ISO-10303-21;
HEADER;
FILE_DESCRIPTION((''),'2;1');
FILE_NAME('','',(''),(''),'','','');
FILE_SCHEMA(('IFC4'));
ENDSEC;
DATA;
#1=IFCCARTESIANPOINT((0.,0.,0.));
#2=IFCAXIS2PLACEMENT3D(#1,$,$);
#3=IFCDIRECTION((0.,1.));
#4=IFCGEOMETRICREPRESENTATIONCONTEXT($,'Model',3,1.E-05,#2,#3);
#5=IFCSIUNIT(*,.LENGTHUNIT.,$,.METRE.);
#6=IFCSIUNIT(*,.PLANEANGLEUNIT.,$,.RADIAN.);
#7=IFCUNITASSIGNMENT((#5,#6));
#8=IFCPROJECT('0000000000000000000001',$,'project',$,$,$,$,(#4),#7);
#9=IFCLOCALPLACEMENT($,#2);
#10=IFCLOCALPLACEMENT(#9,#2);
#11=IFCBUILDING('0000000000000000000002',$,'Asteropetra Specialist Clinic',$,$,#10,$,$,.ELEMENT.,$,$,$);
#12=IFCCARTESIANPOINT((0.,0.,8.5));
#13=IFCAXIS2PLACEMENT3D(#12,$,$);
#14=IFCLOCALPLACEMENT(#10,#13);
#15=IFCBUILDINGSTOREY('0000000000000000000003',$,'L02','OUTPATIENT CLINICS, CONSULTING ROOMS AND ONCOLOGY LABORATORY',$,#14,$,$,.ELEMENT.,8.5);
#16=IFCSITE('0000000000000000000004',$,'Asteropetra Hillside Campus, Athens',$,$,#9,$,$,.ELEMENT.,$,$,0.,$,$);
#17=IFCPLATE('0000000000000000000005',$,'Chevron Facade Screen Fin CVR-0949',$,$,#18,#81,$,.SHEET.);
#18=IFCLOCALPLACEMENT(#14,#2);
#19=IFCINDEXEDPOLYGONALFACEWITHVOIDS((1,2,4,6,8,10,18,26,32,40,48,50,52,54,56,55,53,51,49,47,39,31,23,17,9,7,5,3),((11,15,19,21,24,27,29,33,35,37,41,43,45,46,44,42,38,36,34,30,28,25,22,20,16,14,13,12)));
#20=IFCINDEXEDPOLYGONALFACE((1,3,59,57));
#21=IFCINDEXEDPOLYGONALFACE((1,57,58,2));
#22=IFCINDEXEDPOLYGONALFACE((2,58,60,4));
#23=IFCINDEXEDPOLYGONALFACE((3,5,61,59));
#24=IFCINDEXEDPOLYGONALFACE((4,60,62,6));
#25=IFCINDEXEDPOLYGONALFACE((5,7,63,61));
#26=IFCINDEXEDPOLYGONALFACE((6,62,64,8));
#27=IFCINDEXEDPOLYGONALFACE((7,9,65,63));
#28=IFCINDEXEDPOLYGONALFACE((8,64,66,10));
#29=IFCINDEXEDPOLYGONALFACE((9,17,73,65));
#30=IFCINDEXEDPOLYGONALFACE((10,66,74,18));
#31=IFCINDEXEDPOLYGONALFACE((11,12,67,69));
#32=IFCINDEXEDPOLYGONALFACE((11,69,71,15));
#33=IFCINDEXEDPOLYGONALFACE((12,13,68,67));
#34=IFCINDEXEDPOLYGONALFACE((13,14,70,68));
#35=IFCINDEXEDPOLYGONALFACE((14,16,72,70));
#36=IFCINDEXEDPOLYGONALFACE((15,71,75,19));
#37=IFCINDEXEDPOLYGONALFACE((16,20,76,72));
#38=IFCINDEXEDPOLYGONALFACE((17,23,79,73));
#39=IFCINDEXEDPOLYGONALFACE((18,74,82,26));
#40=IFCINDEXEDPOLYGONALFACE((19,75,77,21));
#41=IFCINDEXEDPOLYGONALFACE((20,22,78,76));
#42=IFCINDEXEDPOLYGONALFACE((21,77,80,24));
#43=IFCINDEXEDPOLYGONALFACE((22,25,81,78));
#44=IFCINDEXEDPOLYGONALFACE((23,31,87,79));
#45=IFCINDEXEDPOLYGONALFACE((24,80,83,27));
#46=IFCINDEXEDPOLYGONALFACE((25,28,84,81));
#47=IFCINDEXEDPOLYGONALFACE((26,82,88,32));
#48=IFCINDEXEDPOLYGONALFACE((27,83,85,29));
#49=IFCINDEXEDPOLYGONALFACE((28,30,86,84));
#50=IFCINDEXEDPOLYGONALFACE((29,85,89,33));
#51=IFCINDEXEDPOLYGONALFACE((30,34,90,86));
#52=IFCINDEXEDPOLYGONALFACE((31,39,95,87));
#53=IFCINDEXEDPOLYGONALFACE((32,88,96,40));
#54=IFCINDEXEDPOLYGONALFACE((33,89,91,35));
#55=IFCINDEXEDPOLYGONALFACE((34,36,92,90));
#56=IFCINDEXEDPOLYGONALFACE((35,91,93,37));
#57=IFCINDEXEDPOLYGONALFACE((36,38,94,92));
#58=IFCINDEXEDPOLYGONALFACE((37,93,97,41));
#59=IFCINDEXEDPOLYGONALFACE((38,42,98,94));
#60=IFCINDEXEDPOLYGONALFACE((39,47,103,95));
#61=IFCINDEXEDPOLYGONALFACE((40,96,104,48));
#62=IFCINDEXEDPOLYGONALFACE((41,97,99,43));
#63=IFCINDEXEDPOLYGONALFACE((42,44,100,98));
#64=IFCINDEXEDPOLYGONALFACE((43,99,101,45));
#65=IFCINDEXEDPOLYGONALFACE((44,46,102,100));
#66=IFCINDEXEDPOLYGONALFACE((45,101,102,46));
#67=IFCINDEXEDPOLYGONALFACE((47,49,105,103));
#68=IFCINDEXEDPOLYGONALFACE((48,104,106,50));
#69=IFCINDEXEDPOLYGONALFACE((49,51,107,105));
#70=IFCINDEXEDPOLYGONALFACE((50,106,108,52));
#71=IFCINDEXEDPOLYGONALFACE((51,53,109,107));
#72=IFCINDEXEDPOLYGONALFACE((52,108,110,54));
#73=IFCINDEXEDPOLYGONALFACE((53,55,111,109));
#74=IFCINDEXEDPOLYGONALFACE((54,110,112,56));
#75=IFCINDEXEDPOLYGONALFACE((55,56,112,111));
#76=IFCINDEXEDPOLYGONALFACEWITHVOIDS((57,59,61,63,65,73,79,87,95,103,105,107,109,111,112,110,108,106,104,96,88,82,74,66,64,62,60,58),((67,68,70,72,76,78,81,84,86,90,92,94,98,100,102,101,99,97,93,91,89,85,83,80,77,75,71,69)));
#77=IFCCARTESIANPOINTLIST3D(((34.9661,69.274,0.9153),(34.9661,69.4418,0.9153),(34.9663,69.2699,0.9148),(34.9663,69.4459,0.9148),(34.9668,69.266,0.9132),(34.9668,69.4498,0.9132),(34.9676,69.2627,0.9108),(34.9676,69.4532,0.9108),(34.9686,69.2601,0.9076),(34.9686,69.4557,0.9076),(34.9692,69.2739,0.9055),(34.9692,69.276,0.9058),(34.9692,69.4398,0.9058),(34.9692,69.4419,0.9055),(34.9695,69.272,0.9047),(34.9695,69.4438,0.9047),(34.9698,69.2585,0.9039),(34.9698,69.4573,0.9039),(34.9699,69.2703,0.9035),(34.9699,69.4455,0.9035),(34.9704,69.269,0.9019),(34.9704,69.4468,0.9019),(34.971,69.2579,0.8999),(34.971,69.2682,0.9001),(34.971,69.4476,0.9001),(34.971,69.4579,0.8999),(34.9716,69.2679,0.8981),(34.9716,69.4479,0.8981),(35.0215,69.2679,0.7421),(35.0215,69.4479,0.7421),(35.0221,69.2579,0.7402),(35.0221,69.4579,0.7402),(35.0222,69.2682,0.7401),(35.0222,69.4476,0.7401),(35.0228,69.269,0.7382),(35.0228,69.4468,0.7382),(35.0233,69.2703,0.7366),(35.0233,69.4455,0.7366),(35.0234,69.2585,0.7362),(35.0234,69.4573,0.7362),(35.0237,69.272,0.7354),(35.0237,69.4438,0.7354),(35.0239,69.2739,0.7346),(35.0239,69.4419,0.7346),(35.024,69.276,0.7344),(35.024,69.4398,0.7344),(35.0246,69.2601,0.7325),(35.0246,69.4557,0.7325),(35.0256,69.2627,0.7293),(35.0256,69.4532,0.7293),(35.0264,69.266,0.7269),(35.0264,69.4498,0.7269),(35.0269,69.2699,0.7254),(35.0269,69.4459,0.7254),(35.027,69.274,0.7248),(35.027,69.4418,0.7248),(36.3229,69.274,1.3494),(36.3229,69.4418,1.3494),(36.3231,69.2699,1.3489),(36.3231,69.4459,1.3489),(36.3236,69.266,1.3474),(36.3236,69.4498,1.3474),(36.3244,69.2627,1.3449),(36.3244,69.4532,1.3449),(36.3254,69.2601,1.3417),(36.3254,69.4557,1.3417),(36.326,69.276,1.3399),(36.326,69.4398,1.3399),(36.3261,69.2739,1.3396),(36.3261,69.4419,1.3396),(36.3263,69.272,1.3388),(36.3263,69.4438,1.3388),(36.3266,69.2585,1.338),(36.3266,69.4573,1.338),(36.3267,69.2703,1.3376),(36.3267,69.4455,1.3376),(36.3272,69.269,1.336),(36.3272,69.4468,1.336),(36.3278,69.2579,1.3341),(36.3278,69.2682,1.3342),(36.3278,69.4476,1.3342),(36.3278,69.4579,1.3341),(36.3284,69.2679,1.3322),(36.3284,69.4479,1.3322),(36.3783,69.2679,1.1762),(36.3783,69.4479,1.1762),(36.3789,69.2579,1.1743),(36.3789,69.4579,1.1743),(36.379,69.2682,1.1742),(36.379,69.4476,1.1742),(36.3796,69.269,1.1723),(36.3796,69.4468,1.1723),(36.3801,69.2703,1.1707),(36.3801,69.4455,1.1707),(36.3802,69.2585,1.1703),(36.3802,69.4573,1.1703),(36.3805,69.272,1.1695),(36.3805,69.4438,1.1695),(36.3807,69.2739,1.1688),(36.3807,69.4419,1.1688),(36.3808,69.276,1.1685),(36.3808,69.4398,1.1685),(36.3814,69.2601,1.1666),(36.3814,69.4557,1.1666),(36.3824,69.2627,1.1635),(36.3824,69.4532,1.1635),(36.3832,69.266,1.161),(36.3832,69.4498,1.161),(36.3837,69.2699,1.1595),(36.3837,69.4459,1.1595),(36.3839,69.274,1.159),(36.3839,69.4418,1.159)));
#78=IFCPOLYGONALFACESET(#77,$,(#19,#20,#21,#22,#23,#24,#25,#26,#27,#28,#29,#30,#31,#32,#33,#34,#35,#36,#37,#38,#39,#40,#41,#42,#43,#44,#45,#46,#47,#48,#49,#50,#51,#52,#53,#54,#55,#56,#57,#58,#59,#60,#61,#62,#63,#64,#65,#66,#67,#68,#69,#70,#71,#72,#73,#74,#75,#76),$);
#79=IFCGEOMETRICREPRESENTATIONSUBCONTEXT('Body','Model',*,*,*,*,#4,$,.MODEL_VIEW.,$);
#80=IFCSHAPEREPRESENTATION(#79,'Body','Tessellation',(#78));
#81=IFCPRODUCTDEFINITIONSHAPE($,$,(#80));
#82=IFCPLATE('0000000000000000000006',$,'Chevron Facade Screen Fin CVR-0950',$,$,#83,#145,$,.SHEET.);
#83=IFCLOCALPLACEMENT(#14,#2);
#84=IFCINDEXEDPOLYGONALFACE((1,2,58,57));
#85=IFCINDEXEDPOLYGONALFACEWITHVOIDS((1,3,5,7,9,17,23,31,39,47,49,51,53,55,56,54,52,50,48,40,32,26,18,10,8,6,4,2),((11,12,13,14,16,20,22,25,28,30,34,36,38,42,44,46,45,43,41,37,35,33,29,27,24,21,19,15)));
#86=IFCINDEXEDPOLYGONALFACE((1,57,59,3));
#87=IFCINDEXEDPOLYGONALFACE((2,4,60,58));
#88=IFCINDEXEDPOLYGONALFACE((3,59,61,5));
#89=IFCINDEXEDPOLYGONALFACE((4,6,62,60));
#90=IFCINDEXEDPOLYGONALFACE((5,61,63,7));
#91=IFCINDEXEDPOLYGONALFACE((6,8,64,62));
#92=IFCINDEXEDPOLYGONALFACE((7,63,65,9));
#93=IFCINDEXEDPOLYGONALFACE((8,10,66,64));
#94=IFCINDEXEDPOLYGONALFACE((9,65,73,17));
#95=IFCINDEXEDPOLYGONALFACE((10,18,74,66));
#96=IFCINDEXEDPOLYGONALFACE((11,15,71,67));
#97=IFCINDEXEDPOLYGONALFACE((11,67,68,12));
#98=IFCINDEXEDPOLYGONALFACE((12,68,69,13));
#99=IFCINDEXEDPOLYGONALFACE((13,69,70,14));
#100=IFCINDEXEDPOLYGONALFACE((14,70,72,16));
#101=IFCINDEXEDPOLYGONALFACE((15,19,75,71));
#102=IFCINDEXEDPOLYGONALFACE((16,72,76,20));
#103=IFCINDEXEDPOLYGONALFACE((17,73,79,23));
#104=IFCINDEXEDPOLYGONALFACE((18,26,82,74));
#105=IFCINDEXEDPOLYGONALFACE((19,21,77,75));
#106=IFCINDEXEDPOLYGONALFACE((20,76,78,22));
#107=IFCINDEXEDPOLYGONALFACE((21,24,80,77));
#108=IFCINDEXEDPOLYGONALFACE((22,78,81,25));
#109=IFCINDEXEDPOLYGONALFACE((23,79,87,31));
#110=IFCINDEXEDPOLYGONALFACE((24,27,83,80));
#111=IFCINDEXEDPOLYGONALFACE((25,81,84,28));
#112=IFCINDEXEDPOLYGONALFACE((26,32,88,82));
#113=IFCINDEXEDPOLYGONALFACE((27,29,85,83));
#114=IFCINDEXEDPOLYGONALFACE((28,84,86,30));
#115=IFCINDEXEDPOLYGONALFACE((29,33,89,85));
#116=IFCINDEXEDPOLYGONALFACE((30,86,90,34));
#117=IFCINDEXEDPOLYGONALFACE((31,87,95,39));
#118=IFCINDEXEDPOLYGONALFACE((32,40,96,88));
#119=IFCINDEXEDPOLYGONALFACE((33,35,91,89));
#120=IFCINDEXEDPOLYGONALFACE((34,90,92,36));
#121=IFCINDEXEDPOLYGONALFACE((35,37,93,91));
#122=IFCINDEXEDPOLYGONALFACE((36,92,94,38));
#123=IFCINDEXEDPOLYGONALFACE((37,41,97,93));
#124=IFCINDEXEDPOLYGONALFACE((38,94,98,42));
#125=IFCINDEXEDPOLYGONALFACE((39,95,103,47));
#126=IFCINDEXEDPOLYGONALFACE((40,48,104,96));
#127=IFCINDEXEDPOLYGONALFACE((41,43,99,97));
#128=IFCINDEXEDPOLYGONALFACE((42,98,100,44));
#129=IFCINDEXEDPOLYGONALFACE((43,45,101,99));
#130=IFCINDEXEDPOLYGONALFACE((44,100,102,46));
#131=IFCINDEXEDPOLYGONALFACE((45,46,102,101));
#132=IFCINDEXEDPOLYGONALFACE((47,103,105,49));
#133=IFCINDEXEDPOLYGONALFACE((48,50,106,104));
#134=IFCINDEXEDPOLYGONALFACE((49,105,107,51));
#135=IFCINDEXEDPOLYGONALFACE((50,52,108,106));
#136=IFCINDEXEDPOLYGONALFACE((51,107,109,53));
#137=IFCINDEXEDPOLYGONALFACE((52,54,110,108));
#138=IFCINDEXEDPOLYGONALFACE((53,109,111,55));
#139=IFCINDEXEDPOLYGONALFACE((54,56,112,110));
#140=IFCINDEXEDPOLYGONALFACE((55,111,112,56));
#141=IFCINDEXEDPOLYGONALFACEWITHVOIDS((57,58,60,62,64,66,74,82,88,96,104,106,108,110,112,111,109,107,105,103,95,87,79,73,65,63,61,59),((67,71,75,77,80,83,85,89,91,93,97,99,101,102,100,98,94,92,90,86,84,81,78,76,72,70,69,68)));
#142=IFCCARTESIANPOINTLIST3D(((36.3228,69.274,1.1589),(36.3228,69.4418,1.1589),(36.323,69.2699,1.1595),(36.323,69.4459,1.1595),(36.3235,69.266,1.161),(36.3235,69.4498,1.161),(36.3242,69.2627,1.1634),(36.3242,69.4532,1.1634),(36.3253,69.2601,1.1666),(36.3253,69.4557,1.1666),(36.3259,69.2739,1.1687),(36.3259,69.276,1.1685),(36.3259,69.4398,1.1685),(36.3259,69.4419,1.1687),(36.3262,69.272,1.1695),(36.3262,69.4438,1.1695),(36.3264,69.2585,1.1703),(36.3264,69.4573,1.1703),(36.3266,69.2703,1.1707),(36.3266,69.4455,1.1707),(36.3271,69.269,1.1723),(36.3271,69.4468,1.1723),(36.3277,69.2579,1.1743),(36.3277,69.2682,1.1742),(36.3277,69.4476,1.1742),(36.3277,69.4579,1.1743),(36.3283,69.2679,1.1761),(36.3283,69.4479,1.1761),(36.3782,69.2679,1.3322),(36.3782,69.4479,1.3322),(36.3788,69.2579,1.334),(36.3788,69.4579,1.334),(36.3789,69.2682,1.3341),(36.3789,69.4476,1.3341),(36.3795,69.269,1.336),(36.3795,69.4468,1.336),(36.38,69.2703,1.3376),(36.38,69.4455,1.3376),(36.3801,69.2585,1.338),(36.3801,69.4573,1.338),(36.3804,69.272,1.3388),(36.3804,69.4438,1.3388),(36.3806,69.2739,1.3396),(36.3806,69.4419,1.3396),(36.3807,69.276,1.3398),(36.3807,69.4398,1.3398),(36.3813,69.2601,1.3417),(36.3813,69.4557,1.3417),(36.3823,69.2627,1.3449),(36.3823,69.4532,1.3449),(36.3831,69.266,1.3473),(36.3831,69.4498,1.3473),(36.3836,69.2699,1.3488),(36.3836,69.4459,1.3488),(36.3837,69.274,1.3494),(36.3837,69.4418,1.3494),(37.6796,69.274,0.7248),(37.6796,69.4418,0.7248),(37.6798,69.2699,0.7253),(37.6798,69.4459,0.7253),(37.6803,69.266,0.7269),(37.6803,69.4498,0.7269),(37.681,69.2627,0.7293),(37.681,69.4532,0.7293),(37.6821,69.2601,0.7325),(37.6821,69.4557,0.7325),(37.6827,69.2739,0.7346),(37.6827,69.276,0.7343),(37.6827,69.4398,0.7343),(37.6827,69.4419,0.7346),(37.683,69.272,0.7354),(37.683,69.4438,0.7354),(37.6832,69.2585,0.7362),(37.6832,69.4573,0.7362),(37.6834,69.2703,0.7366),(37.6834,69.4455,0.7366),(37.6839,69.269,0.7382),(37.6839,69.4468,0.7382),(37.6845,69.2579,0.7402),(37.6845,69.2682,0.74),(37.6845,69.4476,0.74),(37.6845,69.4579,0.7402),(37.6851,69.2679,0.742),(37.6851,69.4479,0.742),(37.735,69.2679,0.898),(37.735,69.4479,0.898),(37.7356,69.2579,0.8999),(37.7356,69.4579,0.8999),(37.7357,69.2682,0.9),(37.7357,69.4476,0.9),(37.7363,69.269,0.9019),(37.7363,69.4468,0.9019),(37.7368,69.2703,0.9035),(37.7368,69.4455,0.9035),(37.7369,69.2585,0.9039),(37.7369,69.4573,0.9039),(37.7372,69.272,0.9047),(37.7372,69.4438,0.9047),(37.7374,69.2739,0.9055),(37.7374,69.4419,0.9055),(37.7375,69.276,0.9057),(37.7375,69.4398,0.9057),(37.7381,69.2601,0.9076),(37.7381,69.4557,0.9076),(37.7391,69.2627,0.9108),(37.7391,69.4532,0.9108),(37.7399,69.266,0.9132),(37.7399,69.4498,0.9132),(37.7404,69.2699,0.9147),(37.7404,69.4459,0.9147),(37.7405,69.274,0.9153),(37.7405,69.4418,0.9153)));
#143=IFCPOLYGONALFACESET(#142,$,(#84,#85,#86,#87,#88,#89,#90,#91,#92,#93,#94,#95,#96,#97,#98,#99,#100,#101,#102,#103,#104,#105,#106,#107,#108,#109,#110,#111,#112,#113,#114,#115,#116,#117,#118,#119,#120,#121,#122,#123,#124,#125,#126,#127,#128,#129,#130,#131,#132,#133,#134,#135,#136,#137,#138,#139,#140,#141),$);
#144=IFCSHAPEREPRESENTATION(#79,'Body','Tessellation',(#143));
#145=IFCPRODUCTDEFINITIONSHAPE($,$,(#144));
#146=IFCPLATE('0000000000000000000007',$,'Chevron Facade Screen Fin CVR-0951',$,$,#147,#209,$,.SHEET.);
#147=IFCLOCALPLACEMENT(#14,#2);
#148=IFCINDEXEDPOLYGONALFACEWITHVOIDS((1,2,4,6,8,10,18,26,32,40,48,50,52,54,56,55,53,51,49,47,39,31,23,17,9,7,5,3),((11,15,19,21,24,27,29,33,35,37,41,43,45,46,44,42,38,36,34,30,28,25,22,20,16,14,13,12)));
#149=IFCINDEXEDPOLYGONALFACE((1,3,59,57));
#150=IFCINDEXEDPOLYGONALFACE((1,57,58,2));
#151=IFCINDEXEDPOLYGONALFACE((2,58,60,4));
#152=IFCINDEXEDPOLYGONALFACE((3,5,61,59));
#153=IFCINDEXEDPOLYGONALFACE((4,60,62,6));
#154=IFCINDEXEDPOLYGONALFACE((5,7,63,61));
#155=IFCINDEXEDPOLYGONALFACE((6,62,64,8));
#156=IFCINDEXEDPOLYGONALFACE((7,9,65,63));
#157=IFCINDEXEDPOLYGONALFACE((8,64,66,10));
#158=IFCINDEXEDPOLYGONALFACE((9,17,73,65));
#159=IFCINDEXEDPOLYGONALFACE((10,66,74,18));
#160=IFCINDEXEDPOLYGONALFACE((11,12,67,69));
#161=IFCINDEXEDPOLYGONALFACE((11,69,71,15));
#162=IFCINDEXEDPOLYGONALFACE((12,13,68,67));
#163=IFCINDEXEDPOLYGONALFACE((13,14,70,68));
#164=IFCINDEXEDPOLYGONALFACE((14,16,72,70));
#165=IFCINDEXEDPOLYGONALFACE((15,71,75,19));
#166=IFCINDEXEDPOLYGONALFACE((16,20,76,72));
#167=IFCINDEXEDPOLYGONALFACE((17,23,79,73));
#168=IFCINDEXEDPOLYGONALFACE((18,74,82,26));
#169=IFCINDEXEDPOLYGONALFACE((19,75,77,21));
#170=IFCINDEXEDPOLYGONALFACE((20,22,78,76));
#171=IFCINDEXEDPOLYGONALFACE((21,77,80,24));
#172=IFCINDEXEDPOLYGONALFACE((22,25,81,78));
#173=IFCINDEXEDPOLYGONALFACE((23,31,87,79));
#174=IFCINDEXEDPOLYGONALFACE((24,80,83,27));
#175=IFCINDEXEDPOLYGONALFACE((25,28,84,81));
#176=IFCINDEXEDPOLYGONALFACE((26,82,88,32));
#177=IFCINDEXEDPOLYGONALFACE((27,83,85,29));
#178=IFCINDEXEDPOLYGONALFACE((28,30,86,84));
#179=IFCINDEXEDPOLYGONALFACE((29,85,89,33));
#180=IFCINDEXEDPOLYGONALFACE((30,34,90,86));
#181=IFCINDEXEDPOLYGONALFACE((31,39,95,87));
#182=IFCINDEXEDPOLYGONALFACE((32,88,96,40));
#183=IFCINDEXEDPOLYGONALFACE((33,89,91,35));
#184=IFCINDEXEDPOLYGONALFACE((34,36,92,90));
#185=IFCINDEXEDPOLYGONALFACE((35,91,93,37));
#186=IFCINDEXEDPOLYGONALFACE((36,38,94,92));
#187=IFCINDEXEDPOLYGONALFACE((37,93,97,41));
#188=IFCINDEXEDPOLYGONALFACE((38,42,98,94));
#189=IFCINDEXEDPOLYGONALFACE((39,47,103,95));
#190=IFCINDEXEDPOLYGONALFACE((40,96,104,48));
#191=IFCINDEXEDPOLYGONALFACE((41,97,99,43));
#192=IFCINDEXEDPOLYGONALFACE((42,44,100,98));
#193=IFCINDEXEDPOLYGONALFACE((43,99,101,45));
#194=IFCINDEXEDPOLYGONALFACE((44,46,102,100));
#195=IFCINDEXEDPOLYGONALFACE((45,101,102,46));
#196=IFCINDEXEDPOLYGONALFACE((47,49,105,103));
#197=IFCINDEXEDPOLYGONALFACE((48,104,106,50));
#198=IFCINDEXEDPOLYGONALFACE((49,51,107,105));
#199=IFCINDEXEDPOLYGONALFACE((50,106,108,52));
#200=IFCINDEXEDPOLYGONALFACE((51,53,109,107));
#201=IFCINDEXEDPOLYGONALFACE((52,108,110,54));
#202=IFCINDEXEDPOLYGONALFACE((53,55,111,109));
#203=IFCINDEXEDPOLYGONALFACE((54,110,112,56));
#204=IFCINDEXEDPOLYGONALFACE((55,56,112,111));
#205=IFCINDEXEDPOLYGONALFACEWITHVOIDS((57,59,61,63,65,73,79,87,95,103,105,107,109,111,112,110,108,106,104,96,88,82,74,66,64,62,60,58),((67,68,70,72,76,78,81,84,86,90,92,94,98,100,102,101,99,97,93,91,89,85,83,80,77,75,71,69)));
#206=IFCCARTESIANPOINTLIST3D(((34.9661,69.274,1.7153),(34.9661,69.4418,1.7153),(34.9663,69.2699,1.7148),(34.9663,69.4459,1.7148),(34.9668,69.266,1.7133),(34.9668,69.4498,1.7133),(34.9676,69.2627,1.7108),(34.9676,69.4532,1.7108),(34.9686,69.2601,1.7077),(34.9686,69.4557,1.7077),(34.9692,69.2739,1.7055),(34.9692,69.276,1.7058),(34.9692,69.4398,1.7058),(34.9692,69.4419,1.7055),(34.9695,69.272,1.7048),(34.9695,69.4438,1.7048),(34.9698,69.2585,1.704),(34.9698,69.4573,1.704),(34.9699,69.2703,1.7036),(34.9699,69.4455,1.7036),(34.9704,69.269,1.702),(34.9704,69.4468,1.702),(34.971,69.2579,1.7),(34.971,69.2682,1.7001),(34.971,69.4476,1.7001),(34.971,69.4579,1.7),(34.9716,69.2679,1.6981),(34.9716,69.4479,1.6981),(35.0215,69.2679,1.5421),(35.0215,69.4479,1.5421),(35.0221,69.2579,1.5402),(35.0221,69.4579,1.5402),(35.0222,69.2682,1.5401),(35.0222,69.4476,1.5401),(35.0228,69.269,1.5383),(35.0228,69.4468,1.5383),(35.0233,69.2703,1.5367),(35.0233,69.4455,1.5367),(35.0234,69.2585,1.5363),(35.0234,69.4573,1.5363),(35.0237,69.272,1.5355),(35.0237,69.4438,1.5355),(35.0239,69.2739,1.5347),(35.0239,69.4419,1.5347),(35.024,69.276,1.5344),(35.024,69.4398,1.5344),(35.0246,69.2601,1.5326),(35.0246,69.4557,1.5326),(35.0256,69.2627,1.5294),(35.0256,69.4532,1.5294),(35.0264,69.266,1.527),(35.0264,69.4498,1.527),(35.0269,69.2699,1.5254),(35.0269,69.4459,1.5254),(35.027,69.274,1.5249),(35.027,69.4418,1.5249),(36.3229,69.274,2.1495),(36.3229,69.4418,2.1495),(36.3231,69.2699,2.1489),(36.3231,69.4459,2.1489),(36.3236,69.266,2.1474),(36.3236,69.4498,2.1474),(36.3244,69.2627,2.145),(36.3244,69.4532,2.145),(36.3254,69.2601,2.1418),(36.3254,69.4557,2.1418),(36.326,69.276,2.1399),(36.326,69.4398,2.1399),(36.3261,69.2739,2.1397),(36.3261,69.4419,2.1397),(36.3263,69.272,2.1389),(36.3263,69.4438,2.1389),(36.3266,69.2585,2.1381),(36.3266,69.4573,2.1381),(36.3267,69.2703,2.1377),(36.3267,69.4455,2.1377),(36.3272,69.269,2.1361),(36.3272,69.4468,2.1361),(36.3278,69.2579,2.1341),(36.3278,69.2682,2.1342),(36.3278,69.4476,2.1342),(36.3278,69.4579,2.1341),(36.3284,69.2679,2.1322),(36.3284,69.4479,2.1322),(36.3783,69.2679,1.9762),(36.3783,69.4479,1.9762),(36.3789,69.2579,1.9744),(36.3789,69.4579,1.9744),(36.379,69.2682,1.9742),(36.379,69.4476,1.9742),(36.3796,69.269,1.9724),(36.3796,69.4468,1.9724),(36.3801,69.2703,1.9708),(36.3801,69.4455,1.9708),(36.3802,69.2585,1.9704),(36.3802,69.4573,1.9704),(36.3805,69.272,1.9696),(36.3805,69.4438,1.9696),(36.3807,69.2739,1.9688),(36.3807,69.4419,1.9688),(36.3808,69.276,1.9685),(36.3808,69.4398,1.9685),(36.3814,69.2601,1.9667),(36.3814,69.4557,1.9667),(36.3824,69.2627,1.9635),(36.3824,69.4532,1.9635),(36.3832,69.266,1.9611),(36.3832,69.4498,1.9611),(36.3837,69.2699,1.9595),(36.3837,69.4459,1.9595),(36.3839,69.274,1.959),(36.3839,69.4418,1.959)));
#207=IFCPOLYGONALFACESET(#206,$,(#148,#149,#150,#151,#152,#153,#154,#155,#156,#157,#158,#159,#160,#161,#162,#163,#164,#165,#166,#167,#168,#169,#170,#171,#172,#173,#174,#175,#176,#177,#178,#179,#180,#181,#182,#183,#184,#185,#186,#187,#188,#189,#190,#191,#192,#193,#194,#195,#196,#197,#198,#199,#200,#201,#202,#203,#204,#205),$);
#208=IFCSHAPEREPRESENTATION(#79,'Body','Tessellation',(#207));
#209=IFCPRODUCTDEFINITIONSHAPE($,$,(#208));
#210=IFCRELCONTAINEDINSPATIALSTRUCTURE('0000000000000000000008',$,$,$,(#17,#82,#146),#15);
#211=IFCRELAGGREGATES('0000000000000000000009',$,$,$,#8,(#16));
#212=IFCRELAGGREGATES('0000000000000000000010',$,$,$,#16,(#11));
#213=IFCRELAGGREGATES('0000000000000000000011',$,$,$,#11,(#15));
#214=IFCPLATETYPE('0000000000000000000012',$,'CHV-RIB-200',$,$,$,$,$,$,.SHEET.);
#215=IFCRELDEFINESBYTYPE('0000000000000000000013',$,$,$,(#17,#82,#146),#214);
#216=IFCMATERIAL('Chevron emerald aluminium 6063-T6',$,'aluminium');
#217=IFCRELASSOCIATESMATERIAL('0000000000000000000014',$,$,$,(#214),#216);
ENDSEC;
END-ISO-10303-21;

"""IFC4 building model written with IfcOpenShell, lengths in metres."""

from ifc_helpers import new_model, si_unit, direction, frame, origin, origin_2d, place, context, subcontext, project, spatial, hollow_rectangle, extrude, material, material_profile, profile_set, type_object, element, save


model = new_model("IFC4")

# Units and contexts
model_context = context("Model", 3, precision=1e-05, world=origin(), true_north=direction((0.0, 1.0)))
body_context = subcontext(model_context, "Body", "Model", "MODEL_VIEW")
ifc_project = project(units=[si_unit("LENGTHUNIT", "METRE"), si_unit("PLANEANGLEUNIT", "RADIAN")], contexts=[model_context])

# Site, building, storey
site_placement = place(None, origin())
site = spatial("IfcSite", under=ifc_project, at=site_placement, Name="Asteropetra Hillside Campus, Athens", CompositionType="ELEMENT", RefElevation=0.0)
building_placement = place(site_placement, origin())
building = spatial("IfcBuilding", under=site, at=building_placement, Name="Asteropetra Specialist Clinic", CompositionType="ELEMENT")
storey_placement = place(building_placement, frame((0.0, 0.0, 8.5)))
storey = spatial("IfcBuildingStorey", under=building, at=storey_placement, Name="L02", Description="OUTPATIENT CLINICS, CONSULTING ROOMS AND ONCOLOGY LABORATORY", CompositionType="ELEMENT", Elevation=8.5)

# Plates
ifc_material = material(Name="Chevron emerald aluminium 6063-T6", Category="aluminium")
ifc_material_profile = material_profile(ifc_material, hollow_rectangle(XDim=0.2, YDim=0.2, WallThickness=0.01, InnerFilletRadius=0.0081, OuterFilletRadius=0.0161, at=origin_2d()), Name="SHS 200x200x10.0")
ifc_profile_set = profile_set([ifc_material_profile], Name="Chevron emerald aluminium 6063-T6")
plate_type = type_object("IfcPlateType", Name="CHV-RIB-200", PredefinedType="SHEET", material=ifc_profile_set)
for number, where, z_axis, x_axis, name in (
    (1, (34.9966, 69.3579, 0.8201), (0.952436, 0.0, 0.304738), (0.0, 1.0, 0.0), "Chevron Facade Screen Fin CVR-0949"),
    (2, (36.3533, 69.3579, 1.2542), (0.952436, 0.0, -0.304738), (0.0, 1.0, 0.0), "Chevron Facade Screen Fin CVR-0950"),
    (3, (34.9966, 69.3579, 1.6201), (0.952436, 0.0, 0.304738), (0.0, 1.0, 0.0), "Chevron Facade Screen Fin CVR-0951"),
):
    element("IfcPlate", number, at=place(storey_placement, frame(where, z_axis=z_axis, x_axis=x_axis)), inside=storey, type_object=plate_type, Name=name, PredefinedType="SHEET", context=body_context, shape_type="SweptSolid", body=[
        extrude(hollow_rectangle(XDim=0.2, YDim=0.2, WallThickness=0.01, InnerFilletRadius=0.0081, OuterFilletRadius=0.0161, at=origin_2d()), origin(), (0.0, 0.0, 1.0), 1.4246),
    ])

save(model, "model.ifc")
